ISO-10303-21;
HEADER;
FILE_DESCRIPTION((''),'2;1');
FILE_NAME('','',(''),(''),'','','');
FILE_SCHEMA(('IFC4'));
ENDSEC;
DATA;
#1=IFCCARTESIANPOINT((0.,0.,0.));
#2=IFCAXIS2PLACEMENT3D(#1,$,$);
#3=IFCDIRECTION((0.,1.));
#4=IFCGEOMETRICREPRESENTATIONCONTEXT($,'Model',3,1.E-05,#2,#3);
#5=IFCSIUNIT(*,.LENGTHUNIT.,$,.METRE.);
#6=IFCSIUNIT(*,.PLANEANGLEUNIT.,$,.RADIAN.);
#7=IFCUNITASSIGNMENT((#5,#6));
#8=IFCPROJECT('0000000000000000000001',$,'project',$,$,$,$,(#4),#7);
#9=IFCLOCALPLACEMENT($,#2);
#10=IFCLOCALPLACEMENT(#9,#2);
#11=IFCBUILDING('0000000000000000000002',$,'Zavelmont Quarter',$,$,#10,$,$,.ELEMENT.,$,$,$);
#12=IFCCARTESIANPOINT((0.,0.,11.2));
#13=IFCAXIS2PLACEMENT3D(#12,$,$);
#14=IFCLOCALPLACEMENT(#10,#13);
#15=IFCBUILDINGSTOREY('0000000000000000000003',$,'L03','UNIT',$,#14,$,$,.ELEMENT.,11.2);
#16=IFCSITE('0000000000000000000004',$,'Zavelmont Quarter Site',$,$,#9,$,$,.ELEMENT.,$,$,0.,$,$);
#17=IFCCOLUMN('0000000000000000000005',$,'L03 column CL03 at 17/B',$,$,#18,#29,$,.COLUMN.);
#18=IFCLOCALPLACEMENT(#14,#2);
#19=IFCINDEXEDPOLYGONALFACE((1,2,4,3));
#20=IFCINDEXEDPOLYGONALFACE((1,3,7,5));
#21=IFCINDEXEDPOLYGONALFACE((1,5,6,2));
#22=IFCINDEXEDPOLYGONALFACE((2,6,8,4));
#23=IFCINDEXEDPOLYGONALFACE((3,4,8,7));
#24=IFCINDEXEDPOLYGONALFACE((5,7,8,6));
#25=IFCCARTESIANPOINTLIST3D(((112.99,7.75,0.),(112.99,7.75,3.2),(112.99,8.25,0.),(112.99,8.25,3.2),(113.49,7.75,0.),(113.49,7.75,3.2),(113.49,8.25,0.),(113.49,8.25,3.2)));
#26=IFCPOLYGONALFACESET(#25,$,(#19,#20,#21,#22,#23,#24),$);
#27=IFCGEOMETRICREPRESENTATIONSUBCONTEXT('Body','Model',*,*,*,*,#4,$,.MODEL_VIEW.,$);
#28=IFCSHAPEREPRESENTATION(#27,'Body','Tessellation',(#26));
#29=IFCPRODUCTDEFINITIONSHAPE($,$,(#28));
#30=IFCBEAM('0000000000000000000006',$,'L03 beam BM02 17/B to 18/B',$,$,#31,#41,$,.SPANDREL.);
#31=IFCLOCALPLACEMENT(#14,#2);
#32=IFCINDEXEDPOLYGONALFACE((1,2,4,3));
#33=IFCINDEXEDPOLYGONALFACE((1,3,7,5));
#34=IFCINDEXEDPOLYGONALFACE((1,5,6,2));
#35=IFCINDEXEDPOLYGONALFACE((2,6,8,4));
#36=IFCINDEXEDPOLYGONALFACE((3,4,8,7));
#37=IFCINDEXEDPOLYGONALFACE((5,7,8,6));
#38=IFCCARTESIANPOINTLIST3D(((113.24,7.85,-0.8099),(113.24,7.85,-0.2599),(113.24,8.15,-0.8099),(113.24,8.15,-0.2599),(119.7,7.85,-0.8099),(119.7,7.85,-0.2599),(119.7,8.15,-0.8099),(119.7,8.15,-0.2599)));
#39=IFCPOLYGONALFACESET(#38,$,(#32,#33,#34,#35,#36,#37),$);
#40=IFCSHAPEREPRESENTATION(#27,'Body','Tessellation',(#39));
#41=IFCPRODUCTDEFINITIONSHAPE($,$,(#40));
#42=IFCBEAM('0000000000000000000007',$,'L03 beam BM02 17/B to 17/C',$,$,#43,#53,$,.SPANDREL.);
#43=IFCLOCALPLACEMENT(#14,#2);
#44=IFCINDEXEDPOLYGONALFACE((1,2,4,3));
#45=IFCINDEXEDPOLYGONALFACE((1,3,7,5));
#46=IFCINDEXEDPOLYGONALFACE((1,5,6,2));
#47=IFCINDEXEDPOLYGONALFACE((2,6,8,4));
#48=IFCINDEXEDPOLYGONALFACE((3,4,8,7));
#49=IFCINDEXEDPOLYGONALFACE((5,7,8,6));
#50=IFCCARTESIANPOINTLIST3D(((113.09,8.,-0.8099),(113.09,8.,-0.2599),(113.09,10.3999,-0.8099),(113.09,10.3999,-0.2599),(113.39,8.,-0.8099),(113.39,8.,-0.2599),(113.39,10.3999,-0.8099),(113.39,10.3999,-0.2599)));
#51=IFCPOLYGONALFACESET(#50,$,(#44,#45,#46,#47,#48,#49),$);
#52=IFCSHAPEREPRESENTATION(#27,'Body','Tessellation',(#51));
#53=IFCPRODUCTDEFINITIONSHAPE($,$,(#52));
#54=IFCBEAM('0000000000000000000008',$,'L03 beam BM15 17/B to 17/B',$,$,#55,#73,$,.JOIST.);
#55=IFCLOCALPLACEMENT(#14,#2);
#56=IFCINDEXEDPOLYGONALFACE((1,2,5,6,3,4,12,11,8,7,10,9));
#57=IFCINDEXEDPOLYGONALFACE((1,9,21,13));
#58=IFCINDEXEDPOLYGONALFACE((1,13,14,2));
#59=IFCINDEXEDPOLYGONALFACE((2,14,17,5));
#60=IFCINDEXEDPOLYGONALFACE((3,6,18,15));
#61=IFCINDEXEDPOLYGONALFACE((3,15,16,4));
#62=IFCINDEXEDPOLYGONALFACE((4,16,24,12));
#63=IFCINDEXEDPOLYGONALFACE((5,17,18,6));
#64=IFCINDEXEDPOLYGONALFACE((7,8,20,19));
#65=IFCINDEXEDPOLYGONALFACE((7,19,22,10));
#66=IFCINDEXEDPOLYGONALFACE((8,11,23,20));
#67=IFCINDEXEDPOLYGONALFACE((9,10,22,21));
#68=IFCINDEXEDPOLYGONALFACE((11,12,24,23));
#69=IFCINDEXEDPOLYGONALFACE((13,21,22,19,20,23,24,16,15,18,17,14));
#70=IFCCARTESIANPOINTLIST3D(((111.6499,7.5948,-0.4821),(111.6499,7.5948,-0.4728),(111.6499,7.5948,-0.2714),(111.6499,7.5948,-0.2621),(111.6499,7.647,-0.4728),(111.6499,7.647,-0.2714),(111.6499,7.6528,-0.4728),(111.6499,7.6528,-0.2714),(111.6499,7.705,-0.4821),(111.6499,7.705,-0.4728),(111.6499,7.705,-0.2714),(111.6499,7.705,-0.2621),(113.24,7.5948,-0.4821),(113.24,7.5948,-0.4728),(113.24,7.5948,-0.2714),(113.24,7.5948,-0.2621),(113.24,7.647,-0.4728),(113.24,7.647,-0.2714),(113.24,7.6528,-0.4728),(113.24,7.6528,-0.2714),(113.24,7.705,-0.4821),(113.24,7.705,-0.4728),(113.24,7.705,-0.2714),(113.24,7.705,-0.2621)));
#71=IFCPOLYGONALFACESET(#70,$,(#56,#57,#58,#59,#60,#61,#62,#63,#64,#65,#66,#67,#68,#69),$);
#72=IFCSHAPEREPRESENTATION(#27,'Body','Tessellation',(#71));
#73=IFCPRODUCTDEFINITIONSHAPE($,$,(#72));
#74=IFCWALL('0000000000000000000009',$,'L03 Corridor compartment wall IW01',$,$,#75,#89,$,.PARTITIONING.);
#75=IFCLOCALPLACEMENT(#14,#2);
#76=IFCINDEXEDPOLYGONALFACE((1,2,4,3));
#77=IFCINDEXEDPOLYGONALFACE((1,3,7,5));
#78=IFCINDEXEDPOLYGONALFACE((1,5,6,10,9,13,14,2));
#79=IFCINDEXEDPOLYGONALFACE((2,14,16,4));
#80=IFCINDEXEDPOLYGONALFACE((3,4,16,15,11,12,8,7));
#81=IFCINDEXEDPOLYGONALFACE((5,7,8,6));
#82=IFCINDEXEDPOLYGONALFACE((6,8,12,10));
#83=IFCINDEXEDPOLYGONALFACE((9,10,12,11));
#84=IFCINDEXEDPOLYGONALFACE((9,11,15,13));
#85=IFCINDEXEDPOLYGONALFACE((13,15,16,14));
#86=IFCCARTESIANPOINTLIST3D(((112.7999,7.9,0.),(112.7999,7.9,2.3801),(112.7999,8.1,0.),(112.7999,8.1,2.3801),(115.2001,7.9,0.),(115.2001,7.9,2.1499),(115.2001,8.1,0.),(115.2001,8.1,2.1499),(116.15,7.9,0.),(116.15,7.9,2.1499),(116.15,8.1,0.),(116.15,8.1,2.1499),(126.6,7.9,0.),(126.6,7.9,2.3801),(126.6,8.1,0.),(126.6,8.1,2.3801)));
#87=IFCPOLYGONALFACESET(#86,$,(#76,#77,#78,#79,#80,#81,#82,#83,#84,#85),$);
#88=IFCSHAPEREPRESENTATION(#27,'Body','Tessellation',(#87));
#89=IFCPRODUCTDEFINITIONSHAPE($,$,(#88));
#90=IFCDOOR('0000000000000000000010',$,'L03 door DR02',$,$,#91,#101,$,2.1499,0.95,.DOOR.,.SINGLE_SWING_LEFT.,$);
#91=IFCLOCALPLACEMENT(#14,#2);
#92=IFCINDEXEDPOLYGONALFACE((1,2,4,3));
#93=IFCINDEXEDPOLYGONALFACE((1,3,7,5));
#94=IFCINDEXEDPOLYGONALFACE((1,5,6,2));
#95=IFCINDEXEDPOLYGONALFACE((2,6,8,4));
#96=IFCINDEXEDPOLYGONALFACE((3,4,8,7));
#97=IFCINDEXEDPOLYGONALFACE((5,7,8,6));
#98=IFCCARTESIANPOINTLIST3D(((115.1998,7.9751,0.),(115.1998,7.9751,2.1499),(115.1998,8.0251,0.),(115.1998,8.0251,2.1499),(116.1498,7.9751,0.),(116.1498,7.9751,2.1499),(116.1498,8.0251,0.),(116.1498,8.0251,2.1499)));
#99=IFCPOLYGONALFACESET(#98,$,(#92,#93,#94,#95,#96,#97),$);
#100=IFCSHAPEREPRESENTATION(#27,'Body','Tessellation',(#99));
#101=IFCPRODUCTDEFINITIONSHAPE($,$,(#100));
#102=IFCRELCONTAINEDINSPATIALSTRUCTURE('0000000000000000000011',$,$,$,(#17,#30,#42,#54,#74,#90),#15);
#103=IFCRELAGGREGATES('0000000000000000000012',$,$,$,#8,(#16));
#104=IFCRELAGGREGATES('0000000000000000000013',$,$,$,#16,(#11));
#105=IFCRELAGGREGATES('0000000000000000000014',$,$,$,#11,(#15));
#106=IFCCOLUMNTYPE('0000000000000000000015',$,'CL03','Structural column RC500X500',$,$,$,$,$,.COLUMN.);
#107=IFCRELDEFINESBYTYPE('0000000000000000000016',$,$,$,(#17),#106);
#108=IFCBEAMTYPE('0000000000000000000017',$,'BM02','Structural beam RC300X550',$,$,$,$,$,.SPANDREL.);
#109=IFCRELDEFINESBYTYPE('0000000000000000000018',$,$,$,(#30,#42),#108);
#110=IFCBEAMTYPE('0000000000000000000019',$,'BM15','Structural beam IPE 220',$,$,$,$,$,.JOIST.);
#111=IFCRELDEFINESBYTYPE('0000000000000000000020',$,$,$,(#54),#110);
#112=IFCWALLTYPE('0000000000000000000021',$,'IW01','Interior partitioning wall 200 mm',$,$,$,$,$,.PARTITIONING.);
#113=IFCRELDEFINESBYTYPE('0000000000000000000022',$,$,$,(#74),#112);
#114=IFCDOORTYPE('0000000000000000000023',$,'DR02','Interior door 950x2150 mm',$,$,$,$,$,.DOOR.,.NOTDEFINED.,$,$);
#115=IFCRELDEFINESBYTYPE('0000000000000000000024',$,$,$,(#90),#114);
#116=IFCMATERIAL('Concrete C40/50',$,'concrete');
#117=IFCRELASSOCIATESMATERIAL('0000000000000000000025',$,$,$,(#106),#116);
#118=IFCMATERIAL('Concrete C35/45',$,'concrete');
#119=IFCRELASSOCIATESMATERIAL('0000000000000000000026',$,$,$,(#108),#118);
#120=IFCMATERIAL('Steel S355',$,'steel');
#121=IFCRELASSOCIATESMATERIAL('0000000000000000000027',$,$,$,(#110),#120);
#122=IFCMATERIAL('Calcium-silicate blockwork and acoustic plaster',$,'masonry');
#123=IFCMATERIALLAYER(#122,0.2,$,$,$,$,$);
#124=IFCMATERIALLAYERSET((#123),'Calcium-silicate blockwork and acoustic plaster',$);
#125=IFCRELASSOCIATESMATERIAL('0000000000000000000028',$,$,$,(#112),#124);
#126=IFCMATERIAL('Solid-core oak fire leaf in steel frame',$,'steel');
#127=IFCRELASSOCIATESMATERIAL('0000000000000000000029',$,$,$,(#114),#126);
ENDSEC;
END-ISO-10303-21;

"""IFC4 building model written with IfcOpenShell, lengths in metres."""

from ifc_helpers import new_model, si_unit, direction, frame, frame_2d, origin, origin_2d, place, context, subcontext, project, spatial, rectangle, i_section, extrude, material, layer, layer_set, material_profile, profile_set, type_object, element, fill, save


model = new_model("IFC4")

# Units and contexts
model_context = context("Model", 3, precision=1e-05, world=origin(), true_north=direction((0.0, 1.0)))
body_context = subcontext(model_context, "Body", "Model", "MODEL_VIEW")
ifc_project = project(units=[si_unit("LENGTHUNIT", "METRE"), si_unit("PLANEANGLEUNIT", "RADIAN")], contexts=[model_context])

# Site, building, storey
site_placement = place(None, origin())
site = spatial("IfcSite", under=ifc_project, at=site_placement, Name="Zavelmont Quarter Site", CompositionType="ELEMENT", RefElevation=0.0)
building_placement = place(site_placement, origin())
building = spatial("IfcBuilding", under=site, at=building_placement, Name="Zavelmont Quarter", CompositionType="ELEMENT")
storey_placement = place(building_placement, frame((0.0, 0.0, 11.2)))
storey = spatial("IfcBuildingStorey", under=building, at=storey_placement, Name="L03", Description="UNIT", CompositionType="ELEMENT", Elevation=11.2)

# Column
ifc_material_1 = material(Name="Concrete C40/50", Category="concrete")
ifc_material_profile_1 = material_profile(ifc_material_1, rectangle(XDim=0.5, YDim=0.5, at=origin_2d()), Name="RC500X500")
ifc_profile_set_1 = profile_set([ifc_material_profile_1], Name="Concrete C40/50")
column_type = type_object("IfcColumnType", Name="CL03", Description="Structural column RC500X500", PredefinedType="COLUMN", material=ifc_profile_set_1)
column_placement = place(storey_placement, frame((113.24, 8.0, 0.0), z_axis=(0.0, 0.0, 1.0), x_axis=(1.0, 0.0, 0.0)))
element("IfcColumn", 1, at=column_placement, inside=storey, type_object=column_type, Name="L03 column CL03 at 17/B", PredefinedType="COLUMN", context=body_context, shape_type="SweptSolid", body=[
    extrude(rectangle(XDim=0.5, YDim=0.5, at=origin_2d()), origin(), (0.0, 0.0, 1.0), 3.2),
])

# Beams
ifc_material_2 = material(Name="Concrete C35/45", Category="concrete")
ifc_material_profile_2 = material_profile(ifc_material_2, rectangle(XDim=0.3, YDim=0.55, at=origin_2d()), Name="RC300X550")
ifc_profile_set_2 = profile_set([ifc_material_profile_2], Name="Concrete C35/45")
beam_type_1 = type_object("IfcBeamType", Name="BM02", Description="Structural beam RC300X550", PredefinedType="SPANDREL", material=ifc_profile_set_2)
beam_1_placement = place(storey_placement, frame((113.24, 8.0, -0.5349), z_axis=(1.0, 0.0, 0.0), x_axis=(0.0, 1.0, 0.0)))
element("IfcBeam", 2, at=beam_1_placement, inside=storey, type_object=beam_type_1, Name="L03 beam BM02 17/B to 18/B", PredefinedType="SPANDREL", context=body_context, shape_type="SweptSolid", body=[
    extrude(rectangle(XDim=0.3, YDim=0.55, at=origin_2d()), origin(), (0.0, 0.0, 1.0), 6.46),
])
beam_2_placement = place(storey_placement, frame((113.24, 8.0, -0.5349), z_axis=(0.0, 1.0, 0.0), x_axis=(-1.0, 0.0, 0.0)))
element("IfcBeam", 3, at=beam_2_placement, inside=storey, type_object=beam_type_1, Name="L03 beam BM02 17/B to 17/C", PredefinedType="SPANDREL", context=body_context, shape_type="SweptSolid", body=[
    extrude(rectangle(XDim=0.3, YDim=0.55, at=origin_2d()), origin(), (0.0, 0.0, 1.0), 2.3999),
])
ifc_material_3 = material(Name="Steel S355", Category="steel")
ifc_material_profile_3 = material_profile(ifc_material_3, i_section(OverallWidth=0.1101, OverallDepth=0.22, WebThickness=0.0059, FlangeThickness=0.0093, at=origin_2d()), Name="IPE 220")
ifc_profile_set_3 = profile_set([ifc_material_profile_3], Name="Steel S355")
beam_type_2 = type_object("IfcBeamType", Name="BM15", Description="Structural beam IPE 220", PredefinedType="JOIST", material=ifc_profile_set_3)
beam_3_placement = place(storey_placement, frame((113.24, 7.6499, -0.3721), z_axis=(-1.0, 0.0, 0.0), x_axis=(0.0, -1.0, 0.0)))
element("IfcBeam", 4, at=beam_3_placement, inside=storey, type_object=beam_type_2, Name="L03 beam BM15 17/B to 17/B", PredefinedType="JOIST", context=body_context, shape_type="SweptSolid", body=[
    extrude(i_section(OverallWidth=0.1101, OverallDepth=0.22, WebThickness=0.0059, FlangeThickness=0.0093, at=origin_2d()), origin(), (0.0, 0.0, 1.0), 1.5901),
])

# Wall, opening, door
ifc_material_4 = material(Name="Calcium-silicate blockwork and acoustic plaster", Category="masonry")
ifc_layer = layer(ifc_material_4, 0.2)
ifc_layer_set = layer_set([ifc_layer], Name="Calcium-silicate blockwork and acoustic plaster")
wall_type = type_object("IfcWallType", Name="IW01", Description="Interior partitioning wall 200 mm", PredefinedType="PARTITIONING", material=ifc_layer_set)
wall_placement = place(storey_placement, frame((112.8, 8.0, 0.0), z_axis=(0.0, 0.0, 1.0), x_axis=(1.0, 0.0, 0.0)))
wall = element("IfcWall", 5, at=wall_placement, inside=storey, type_object=wall_type, Name="L03 Corridor compartment wall IW01", PredefinedType="PARTITIONING", context=body_context, shape_type="SweptSolid", body=[
    extrude(rectangle(XDim=13.8, YDim=0.2, at=frame_2d((6.8999, 0.0))), origin(), (0.0, 0.0, 1.0), 2.3801),
])
opening_placement = place(wall_placement, frame((2.3999, 0.0, 0.0)))
opening = element("IfcOpeningElement", 6, at=opening_placement, cuts=wall, PredefinedType="OPENING", context=body_context, shape_type="SweptSolid", body=[
    extrude(rectangle(XDim=0.95, YDim=2.1499, at=frame_2d((0.4751, 1.075))), frame((0.0, 0.1118, 0.0), z_axis=(0.0, -1.0, 0.0), x_axis=(1.0, 0.0, 0.0)), (0.0, 0.0, 1.0), 0.2239),
])
ifc_material_5 = material(Name="Solid-core oak fire leaf in steel frame", Category="steel")
door_type = type_object("IfcDoorType", Name="DR02", Description="Interior door 950x2150 mm", OperationType="NOTDEFINED", PredefinedType="DOOR", material=ifc_material_5)
door_placement = place(opening_placement, frame((0.95, 0.0, 0.0), z_axis=(0.0, 0.0, 1.0), x_axis=(-1.0, 0.0, 0.0)))
door = element("IfcDoor", 7, at=door_placement, inside=storey, type_object=door_type, Name="L03 door DR02", OperationType="SINGLE_SWING_LEFT", OverallHeight=2.1499, OverallWidth=0.95, PredefinedType="DOOR", context=body_context, shape_type="SweptSolid", body=[
    extrude(rectangle(XDim=0.95, YDim=2.1499, at=frame_2d((0.4751, 1.075))), frame((0.0, 0.0249, 0.0), z_axis=(0.0, -1.0, 0.0), x_axis=(1.0, 0.0, 0.0)), (0.0, 0.0, 1.0), 0.05),
])
fill(opening, door)

save(model, "model.ifc")
